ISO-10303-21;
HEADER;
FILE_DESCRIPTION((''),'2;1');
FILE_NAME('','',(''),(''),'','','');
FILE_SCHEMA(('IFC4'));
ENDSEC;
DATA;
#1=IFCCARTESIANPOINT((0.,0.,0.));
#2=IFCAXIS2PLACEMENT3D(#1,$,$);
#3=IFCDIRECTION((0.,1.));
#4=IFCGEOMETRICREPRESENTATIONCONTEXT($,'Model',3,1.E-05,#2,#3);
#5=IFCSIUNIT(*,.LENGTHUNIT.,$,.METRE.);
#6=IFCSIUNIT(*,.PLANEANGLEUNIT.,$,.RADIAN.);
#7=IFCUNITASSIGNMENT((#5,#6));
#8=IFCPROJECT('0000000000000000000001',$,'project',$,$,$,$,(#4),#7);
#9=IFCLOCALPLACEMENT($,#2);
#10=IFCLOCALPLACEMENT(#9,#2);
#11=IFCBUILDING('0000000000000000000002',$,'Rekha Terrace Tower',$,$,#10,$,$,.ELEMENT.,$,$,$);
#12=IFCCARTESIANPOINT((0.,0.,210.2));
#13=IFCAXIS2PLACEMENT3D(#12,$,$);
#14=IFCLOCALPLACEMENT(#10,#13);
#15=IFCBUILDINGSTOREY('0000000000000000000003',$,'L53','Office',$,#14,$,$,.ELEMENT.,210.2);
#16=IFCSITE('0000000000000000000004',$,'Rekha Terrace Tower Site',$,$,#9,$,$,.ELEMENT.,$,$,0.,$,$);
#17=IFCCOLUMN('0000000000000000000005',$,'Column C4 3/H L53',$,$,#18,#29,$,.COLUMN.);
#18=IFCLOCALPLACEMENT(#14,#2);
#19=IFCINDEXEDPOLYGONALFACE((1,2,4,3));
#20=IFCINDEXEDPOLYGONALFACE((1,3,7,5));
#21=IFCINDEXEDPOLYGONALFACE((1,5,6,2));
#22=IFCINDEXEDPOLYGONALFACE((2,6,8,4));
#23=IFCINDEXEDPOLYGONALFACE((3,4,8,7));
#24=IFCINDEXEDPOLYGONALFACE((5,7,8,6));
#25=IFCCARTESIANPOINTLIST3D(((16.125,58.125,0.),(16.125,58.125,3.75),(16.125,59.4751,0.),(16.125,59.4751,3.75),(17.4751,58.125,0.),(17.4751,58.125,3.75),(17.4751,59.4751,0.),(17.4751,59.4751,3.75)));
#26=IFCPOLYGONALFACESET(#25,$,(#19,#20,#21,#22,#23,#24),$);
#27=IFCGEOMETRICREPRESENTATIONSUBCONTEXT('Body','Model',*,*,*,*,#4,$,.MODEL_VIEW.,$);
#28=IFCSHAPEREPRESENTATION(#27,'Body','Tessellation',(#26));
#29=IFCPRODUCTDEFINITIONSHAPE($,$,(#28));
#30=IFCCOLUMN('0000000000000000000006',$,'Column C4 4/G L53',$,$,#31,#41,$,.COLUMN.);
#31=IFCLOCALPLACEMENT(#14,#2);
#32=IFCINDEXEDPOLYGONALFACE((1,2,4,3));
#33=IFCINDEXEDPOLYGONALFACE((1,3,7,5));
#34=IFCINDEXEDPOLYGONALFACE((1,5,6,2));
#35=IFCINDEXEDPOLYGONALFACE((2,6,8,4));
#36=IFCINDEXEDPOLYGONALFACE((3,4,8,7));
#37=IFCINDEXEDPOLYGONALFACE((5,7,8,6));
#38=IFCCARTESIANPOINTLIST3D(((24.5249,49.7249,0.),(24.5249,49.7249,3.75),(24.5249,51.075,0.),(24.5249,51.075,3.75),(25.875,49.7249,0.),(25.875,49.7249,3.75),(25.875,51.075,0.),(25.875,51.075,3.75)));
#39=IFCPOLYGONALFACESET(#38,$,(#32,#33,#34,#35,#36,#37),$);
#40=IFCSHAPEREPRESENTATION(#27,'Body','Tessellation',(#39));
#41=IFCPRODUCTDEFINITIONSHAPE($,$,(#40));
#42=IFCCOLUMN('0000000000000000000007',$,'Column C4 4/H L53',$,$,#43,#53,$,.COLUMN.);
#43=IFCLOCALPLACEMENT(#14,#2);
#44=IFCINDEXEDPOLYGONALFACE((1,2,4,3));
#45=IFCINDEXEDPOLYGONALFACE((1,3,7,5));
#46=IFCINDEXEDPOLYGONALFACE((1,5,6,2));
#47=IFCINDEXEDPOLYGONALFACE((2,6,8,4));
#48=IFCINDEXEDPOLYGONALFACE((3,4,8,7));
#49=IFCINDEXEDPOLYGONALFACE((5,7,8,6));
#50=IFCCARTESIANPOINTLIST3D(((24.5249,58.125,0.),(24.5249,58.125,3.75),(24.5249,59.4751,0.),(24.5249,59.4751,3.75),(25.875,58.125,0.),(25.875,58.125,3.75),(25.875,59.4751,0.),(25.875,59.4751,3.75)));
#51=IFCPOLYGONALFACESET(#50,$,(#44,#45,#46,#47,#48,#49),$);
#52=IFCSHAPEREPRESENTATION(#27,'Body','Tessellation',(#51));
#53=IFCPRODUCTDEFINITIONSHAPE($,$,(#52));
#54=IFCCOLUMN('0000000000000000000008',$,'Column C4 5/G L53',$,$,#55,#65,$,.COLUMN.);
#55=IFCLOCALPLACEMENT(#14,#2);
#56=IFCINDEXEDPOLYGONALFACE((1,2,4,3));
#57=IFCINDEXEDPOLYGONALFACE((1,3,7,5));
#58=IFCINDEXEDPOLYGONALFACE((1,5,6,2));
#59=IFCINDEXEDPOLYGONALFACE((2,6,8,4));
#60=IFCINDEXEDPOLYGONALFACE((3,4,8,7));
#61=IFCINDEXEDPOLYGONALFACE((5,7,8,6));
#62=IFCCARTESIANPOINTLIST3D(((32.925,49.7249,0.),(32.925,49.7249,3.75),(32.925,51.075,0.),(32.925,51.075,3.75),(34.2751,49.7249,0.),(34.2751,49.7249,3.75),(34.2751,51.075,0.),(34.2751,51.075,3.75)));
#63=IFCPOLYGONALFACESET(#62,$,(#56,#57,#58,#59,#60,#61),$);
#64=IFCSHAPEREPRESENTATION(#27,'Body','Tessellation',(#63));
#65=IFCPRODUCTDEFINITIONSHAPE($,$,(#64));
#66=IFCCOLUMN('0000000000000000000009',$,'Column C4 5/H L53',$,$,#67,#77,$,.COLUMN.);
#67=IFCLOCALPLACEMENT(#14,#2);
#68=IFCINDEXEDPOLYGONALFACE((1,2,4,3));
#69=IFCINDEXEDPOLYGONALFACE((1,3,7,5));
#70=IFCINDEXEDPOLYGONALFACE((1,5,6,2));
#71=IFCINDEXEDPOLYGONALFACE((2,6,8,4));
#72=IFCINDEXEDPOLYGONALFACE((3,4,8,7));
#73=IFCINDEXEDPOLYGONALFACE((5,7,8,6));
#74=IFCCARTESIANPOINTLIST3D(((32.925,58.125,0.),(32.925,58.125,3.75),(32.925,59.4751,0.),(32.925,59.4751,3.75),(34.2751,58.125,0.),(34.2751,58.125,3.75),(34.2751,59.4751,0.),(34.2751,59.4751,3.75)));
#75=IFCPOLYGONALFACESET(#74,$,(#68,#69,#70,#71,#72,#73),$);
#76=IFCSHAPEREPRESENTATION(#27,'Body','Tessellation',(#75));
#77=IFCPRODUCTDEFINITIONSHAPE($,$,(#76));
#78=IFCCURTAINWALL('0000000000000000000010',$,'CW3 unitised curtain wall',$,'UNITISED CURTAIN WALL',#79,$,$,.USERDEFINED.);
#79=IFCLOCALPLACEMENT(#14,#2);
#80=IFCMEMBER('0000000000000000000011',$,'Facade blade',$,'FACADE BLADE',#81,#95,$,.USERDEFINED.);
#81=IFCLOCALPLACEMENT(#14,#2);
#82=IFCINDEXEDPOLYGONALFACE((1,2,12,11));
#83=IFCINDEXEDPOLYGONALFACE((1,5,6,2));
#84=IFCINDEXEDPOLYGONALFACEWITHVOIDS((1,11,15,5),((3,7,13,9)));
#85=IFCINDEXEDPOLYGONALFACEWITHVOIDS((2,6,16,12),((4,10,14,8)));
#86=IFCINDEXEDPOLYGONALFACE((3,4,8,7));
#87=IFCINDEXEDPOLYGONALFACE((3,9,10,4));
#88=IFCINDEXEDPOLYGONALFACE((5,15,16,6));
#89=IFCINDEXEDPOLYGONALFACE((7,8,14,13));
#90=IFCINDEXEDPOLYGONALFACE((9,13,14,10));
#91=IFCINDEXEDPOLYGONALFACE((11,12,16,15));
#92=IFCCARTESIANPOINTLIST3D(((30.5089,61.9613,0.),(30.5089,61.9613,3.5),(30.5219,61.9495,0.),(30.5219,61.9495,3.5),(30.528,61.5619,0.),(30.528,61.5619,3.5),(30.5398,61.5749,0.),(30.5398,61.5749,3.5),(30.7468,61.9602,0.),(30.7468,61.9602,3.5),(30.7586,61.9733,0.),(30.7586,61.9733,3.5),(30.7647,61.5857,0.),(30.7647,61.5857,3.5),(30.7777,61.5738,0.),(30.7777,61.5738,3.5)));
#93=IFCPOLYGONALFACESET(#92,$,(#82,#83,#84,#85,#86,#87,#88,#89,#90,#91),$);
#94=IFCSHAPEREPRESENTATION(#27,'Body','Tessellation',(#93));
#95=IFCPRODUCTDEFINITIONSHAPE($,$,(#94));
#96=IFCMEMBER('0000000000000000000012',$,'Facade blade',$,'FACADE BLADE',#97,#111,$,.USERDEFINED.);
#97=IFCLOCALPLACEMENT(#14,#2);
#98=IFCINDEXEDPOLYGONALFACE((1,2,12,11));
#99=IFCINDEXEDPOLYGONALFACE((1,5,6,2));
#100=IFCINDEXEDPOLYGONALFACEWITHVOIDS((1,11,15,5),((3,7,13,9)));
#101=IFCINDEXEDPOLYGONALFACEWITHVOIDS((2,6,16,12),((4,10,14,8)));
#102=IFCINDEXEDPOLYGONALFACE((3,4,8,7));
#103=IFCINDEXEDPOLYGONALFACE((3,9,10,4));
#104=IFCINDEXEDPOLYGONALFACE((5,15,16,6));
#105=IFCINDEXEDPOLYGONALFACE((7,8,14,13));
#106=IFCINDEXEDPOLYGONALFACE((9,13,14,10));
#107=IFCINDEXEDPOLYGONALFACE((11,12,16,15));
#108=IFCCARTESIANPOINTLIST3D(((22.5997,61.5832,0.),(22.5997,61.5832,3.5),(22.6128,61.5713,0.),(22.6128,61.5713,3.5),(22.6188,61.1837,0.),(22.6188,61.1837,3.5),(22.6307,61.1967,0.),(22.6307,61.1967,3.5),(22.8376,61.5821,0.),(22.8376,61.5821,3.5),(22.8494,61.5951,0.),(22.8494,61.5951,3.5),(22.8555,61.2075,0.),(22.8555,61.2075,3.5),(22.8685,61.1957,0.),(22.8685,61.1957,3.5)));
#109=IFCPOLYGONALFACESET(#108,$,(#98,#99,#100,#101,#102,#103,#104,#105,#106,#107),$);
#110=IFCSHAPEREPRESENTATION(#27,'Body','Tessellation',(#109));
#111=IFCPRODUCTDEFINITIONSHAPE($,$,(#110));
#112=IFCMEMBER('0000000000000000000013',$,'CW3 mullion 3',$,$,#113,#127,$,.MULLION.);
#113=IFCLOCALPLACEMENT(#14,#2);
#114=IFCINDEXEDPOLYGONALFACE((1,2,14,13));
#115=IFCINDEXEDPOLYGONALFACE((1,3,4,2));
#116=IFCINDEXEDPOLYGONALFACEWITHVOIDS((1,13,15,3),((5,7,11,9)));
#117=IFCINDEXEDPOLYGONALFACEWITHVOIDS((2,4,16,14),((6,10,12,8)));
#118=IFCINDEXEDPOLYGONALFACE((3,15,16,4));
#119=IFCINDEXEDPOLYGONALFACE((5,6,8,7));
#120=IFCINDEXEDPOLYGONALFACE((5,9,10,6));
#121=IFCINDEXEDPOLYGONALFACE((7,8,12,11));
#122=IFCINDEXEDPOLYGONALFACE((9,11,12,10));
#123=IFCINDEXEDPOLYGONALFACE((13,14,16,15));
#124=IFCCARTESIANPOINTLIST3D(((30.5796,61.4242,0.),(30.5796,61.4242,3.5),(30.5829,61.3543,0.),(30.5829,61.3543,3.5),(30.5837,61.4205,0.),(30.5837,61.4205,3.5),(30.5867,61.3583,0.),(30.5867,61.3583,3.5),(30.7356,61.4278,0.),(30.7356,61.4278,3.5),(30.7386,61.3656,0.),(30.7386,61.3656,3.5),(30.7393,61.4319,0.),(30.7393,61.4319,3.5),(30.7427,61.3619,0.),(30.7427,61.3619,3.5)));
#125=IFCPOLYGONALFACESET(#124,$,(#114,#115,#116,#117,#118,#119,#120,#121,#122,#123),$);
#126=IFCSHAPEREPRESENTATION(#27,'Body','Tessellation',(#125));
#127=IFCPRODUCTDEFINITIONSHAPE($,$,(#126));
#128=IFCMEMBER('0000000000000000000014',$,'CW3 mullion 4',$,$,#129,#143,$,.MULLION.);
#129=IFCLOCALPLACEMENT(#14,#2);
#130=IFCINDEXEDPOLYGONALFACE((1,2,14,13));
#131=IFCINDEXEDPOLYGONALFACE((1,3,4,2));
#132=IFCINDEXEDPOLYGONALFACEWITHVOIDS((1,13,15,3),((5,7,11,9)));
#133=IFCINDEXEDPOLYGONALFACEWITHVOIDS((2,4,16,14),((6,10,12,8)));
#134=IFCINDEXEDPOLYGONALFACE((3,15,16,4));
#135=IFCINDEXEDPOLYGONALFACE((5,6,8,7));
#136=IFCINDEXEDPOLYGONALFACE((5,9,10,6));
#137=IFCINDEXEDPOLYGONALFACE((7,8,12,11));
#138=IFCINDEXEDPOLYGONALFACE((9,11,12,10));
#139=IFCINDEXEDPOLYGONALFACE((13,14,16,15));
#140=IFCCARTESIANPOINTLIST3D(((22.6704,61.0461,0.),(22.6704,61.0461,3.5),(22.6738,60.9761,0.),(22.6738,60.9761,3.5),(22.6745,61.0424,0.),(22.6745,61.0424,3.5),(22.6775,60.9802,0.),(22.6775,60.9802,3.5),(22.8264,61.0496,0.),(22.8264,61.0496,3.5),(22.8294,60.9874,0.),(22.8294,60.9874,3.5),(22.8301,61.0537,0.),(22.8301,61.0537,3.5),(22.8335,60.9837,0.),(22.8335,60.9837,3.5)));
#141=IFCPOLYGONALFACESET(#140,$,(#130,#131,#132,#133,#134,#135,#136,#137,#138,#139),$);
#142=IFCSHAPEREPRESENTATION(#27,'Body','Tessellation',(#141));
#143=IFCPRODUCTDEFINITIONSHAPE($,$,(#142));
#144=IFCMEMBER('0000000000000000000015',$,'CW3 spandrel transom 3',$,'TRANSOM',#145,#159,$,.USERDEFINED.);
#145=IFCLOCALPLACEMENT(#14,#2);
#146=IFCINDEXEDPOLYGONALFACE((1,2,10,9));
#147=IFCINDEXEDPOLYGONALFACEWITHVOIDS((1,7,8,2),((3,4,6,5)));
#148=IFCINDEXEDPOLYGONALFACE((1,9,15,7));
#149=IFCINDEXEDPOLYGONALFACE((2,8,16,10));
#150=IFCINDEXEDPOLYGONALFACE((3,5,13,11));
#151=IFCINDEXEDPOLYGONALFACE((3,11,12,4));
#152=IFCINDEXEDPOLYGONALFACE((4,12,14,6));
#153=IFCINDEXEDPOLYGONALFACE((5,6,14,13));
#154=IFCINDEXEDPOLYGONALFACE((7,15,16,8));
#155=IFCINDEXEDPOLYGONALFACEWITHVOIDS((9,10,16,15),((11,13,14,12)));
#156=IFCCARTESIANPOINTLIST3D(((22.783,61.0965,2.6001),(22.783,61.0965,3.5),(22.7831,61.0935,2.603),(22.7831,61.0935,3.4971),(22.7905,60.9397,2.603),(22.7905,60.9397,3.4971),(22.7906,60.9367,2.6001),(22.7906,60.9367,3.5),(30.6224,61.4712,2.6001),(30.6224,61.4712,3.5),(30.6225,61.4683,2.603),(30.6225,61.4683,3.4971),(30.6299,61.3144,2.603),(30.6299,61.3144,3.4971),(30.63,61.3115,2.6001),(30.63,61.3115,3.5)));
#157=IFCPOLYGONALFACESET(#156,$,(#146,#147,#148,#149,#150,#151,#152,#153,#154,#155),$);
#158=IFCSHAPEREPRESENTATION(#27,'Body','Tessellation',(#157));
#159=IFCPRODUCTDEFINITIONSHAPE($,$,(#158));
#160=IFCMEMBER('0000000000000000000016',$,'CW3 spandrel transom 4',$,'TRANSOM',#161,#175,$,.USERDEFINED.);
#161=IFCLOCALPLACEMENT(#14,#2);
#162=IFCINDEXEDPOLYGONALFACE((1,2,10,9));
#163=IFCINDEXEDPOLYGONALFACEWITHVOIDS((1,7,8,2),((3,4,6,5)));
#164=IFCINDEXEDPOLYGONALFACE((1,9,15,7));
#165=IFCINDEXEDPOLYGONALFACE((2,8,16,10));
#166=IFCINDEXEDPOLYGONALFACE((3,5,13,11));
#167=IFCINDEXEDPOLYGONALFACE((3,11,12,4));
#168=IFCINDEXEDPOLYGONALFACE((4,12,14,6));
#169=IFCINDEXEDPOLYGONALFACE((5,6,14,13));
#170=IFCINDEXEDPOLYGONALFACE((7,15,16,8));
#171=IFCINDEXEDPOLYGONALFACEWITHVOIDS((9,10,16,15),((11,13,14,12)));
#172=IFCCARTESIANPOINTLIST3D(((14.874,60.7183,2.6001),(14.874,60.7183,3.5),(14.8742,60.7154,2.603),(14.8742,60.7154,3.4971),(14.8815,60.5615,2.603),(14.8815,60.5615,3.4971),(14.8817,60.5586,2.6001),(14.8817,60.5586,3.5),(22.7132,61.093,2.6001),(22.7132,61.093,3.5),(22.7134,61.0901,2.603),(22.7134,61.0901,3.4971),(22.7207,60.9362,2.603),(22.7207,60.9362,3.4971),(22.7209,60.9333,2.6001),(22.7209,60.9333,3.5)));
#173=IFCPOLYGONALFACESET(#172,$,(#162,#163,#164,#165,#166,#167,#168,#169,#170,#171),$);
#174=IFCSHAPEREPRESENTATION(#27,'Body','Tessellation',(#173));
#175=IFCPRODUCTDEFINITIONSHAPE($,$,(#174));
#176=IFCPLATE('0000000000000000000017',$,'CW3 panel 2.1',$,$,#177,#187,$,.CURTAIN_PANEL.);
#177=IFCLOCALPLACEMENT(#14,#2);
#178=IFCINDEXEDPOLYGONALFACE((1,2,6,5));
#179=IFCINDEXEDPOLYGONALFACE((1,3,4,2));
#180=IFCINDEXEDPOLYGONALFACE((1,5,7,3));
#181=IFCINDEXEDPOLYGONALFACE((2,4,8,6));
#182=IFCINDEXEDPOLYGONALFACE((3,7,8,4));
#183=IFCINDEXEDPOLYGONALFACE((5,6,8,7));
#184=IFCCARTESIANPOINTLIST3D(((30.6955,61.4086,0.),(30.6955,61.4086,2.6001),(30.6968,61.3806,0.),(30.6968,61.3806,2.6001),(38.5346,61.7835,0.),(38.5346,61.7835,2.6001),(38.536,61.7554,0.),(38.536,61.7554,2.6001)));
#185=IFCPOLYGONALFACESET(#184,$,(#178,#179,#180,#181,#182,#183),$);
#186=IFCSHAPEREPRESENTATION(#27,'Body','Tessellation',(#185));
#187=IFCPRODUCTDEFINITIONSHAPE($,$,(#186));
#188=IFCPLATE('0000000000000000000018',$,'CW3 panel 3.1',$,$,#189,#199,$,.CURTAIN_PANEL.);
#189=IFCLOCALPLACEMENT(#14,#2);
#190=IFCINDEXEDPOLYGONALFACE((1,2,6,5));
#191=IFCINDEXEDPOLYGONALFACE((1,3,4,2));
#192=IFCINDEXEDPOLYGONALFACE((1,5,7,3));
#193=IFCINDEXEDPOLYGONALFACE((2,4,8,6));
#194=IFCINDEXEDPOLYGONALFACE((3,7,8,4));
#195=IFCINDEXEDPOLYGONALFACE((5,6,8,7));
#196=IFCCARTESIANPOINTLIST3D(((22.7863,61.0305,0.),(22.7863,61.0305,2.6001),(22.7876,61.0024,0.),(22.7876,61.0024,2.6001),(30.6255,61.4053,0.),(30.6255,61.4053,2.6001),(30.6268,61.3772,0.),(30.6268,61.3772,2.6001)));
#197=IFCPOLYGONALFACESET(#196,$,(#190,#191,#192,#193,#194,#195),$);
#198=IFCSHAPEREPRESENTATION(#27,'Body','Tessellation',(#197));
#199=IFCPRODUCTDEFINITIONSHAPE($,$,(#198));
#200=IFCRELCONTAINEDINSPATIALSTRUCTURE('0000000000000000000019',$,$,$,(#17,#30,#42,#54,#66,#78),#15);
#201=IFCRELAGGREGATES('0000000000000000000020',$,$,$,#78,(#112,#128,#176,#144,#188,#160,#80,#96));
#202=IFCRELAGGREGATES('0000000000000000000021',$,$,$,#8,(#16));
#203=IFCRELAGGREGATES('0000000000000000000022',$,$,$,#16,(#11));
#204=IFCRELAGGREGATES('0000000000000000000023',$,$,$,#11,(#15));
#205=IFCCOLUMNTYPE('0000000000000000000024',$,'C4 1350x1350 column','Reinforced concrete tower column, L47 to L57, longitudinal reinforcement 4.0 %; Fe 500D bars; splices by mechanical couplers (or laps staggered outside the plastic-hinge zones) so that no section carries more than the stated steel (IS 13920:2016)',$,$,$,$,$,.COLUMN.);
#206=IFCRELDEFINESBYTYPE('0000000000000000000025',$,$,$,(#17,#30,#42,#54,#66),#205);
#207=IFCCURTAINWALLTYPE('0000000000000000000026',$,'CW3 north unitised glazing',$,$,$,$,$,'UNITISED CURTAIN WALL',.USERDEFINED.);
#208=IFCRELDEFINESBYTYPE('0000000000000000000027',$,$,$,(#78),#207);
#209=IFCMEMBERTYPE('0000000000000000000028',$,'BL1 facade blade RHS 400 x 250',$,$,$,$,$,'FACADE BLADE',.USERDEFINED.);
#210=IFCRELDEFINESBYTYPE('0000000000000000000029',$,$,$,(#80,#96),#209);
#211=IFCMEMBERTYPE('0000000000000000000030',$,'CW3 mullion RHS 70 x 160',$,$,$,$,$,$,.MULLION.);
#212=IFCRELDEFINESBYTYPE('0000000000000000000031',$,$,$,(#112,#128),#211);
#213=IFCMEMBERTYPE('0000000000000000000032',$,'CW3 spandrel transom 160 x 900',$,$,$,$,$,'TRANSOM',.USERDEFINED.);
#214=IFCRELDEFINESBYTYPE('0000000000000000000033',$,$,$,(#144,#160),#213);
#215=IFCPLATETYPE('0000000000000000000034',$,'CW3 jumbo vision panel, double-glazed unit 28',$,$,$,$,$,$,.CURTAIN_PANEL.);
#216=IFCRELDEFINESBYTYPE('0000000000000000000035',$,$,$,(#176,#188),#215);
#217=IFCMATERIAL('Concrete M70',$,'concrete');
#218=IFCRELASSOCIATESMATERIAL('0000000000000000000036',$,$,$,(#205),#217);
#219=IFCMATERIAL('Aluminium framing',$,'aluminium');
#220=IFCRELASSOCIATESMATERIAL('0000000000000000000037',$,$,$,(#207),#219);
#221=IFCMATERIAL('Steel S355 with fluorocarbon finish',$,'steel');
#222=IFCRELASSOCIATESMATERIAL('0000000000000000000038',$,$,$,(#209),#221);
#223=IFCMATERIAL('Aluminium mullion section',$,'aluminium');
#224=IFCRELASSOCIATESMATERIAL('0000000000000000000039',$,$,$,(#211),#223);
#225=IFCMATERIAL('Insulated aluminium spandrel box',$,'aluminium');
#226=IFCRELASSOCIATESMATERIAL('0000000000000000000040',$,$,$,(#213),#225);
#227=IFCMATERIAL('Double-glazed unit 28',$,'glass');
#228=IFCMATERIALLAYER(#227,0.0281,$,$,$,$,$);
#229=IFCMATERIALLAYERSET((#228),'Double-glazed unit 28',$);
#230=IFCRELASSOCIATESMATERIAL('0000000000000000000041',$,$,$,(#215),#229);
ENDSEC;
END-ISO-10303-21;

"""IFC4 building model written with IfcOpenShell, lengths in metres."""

from ifc_helpers import new_model, si_unit, direction, frame, origin, origin_2d, place, context, subcontext, project, spatial, rectangle, hollow_rectangle, extrude, material, layer, layer_set, material_profile, profile_set, type_object, element, aggregate, save


model = new_model("IFC4")

# Units and contexts
model_context = context("Model", 3, precision=1e-05, world=origin(), true_north=direction((0.0, 1.0)))
body_context = subcontext(model_context, "Body", "Model", "MODEL_VIEW")
ifc_project = project(units=[si_unit("LENGTHUNIT", "METRE"), si_unit("PLANEANGLEUNIT", "RADIAN")], contexts=[model_context])

# Site, building, storey
site_placement = place(None, origin())
site = spatial("IfcSite", under=ifc_project, at=site_placement, Name="Rekha Terrace Tower Site", CompositionType="ELEMENT", RefElevation=0.0)
building_placement = place(site_placement, origin())
building = spatial("IfcBuilding", under=site, at=building_placement, Name="Rekha Terrace Tower", CompositionType="ELEMENT")
storey_placement = place(building_placement, frame((0.0, 0.0, 210.2)))
storey = spatial("IfcBuildingStorey", under=building, at=storey_placement, Name="L53", Description="Office", CompositionType="ELEMENT", Elevation=210.2)

# Columns
ifc_material_1 = material(Name="Concrete M70", Category="concrete")
ifc_material_profile_1 = material_profile(ifc_material_1, rectangle(XDim=1.3501, YDim=1.3501, at=origin_2d()), Name="RC 1350x1350")
ifc_profile_set_1 = profile_set([ifc_material_profile_1], Name="Concrete M70")
column_type = type_object("IfcColumnType", Name="C4 1350x1350 column", Description="Reinforced concrete tower column, L47 to L57, longitudinal reinforcement 4.0 %; Fe 500D bars; splices by mechanical couplers (or laps staggered outside the plastic-hinge zones) so that no section carries more than the stated steel (IS 13920:2016)", PredefinedType="COLUMN", material=ifc_profile_set_1)
for number, where, z_axis, x_axis, name in (
    (1, (16.8, 58.8, 0.0), (0.0, 0.0, 1.0), (1.0, 0.0, 0.0), "Column C4 3/H L53"),
    (2, (25.2, 50.3999, 0.0), (0.0, 0.0, 1.0), (1.0, 0.0, 0.0), "Column C4 4/G L53"),
    (3, (25.2, 58.8, 0.0), (0.0, 0.0, 1.0), (1.0, 0.0, 0.0), "Column C4 4/H L53"),
    (4, (33.6001, 50.3999, 0.0), (0.0, 0.0, 1.0), (1.0, 0.0, 0.0), "Column C4 5/G L53"),
    (5, (33.6001, 58.8, 0.0), (0.0, 0.0, 1.0), (1.0, 0.0, 0.0), "Column C4 5/H L53"),
):
    element("IfcColumn", number, at=place(storey_placement, frame(where, z_axis=z_axis, x_axis=x_axis)), inside=storey, type_object=column_type, Name=name, PredefinedType="COLUMN", context=body_context, shape_type="SweptSolid", body=[
        extrude(rectangle(XDim=1.3501, YDim=1.3501, at=origin_2d()), origin(), (0.0, 0.0, 1.0), 3.75),
    ])

# Curtain wall, members, plates
ifc_material_2 = material(Name="Aluminium framing", Category="aluminium")
curtain_wall_type = type_object("IfcCurtainWallType", Name="CW3 north unitised glazing", ElementType="UNITISED CURTAIN WALL", PredefinedType="USERDEFINED", material=ifc_material_2)
curtain_wall_placement = place(storey_placement, origin())
curtain_wall = element("IfcCurtainWall", 6, at=curtain_wall_placement, inside=storey, type_object=curtain_wall_type, Name="CW3 unitised curtain wall", ObjectType="UNITISED CURTAIN WALL", PredefinedType="USERDEFINED")
ifc_material_3 = material(Name="Steel S355 with fluorocarbon finish", Category="steel")
ifc_material_profile_2 = material_profile(ifc_material_3, hollow_rectangle(XDim=0.25, YDim=0.3999, WallThickness=0.0125, at=origin_2d()), Name="RHS400x250x12.5")
ifc_profile_set_2 = profile_set([ifc_material_profile_2], Name="Steel S355 with fluorocarbon finish")
member_type_1 = type_object("IfcMemberType", Name="BL1 facade blade RHS 400 x 250", ElementType="FACADE BLADE", PredefinedType="USERDEFINED", material=ifc_profile_set_2)
member_1_placement = place(storey_placement, frame((30.6433, 61.7676, 0.0), z_axis=(0.0, 0.0, 1.0), x_axis=(-0.998859, -0.047758, 0.0)))
member_1 = element("IfcMember", 7, at=member_1_placement, type_object=member_type_1, Name="Facade blade", ObjectType="FACADE BLADE", PredefinedType="USERDEFINED", context=body_context, shape_type="SweptSolid", body=[
    extrude(hollow_rectangle(XDim=0.25, YDim=0.3999, WallThickness=0.0125, at=origin_2d()), origin(), (0.0, 0.0, 1.0), 3.5),
])
member_2_placement = place(storey_placement, frame((22.7341, 61.3894, 0.0), z_axis=(0.0, 0.0, 1.0), x_axis=(-0.998859, -0.047758, 0.0)))
member_2 = element("IfcMember", 8, at=member_2_placement, type_object=member_type_1, Name="Facade blade", ObjectType="FACADE BLADE", PredefinedType="USERDEFINED", context=body_context, shape_type="SweptSolid", body=[
    extrude(hollow_rectangle(XDim=0.25, YDim=0.3999, WallThickness=0.0125, at=origin_2d()), origin(), (0.0, 0.0, 1.0), 3.5),
])
ifc_material_4 = material(Name="Aluminium mullion section", Category="aluminium")
ifc_material_profile_3 = material_profile(ifc_material_4, hollow_rectangle(XDim=0.0701, YDim=0.1599, WallThickness=0.0039, at=origin_2d()), Name="AL RHS 70x160")
ifc_profile_set_3 = profile_set([ifc_material_profile_3], Name="Aluminium mullion section")
member_type_2 = type_object("IfcMemberType", Name="CW3 mullion RHS 70 x 160", PredefinedType="MULLION", material=ifc_profile_set_3)
member_3_placement = place(storey_placement, frame((30.6611, 61.3931, 0.0), z_axis=(0.0, 0.0, 1.0), x_axis=(0.047759, -0.998859, 0.0)))
member_3 = element("IfcMember", 9, at=member_3_placement, type_object=member_type_2, Name="CW3 mullion 3", PredefinedType="MULLION", context=body_context, shape_type="SweptSolid", body=[
    extrude(hollow_rectangle(XDim=0.0701, YDim=0.1599, WallThickness=0.0039, at=origin_2d()), origin(), (0.0, 0.0, 1.0), 3.5),
])
member_4_placement = place(storey_placement, frame((22.752, 61.0149, 0.0), z_axis=(0.0, 0.0, 1.0), x_axis=(0.047759, -0.998859, 0.0)))
member_4 = element("IfcMember", 10, at=member_4_placement, type_object=member_type_2, Name="CW3 mullion 4", PredefinedType="MULLION", context=body_context, shape_type="SweptSolid", body=[
    extrude(hollow_rectangle(XDim=0.0701, YDim=0.1599, WallThickness=0.0039, at=origin_2d()), origin(), (0.0, 0.0, 1.0), 3.5),
])
ifc_material_5 = material(Name="Insulated aluminium spandrel box", Category="aluminium")
ifc_material_profile_4 = material_profile(ifc_material_5, hollow_rectangle(XDim=0.1599, YDim=0.8999, WallThickness=0.0029, at=origin_2d()), Name="AL SPANDREL BOX 160x900")
ifc_profile_set_4 = profile_set([ifc_material_profile_4], Name="Insulated aluminium spandrel box")
member_type_3 = type_object("IfcMemberType", Name="CW3 spandrel transom 160 x 900", ElementType="TRANSOM", PredefinedType="USERDEFINED", material=ifc_profile_set_4)
member_5_placement = place(storey_placement, frame((30.6262, 61.3914, 3.05), z_axis=(-0.998859, -0.04775, 0.0), x_axis=(0.04775, -0.998859, 0.0)))
member_5 = element("IfcMember", 11, at=member_5_placement, type_object=member_type_3, Name="CW3 spandrel transom 3", ObjectType="TRANSOM", PredefinedType="USERDEFINED", context=body_context, shape_type="SweptSolid", body=[
    extrude(hollow_rectangle(XDim=0.1599, YDim=0.8999, WallThickness=0.0029, at=origin_2d()), origin(), (0.0, 0.0, 1.0), 7.8484),
])
member_6_placement = place(storey_placement, frame((22.717, 61.0132, 3.05), z_axis=(-0.998859, -0.047751, 0.0), x_axis=(0.047751, -0.998859, 0.0)))
member_6 = element("IfcMember", 12, at=member_6_placement, type_object=member_type_3, Name="CW3 spandrel transom 4", ObjectType="TRANSOM", PredefinedType="USERDEFINED", context=body_context, shape_type="SweptSolid", body=[
    extrude(hollow_rectangle(XDim=0.1599, YDim=0.8999, WallThickness=0.0029, at=origin_2d()), origin(), (0.0, 0.0, 1.0), 7.8481),
])
ifc_material_6 = material(Name="Double-glazed unit 28", Category="glass")
ifc_layer_1 = layer(ifc_material_6, 0.0281)
ifc_layer_set_1 = layer_set([ifc_layer_1], Name="Double-glazed unit 28")
plate_type = type_object("IfcPlateType", Name="CW3 jumbo vision panel, double-glazed unit 28", PredefinedType="CURTAIN_PANEL", material=ifc_layer_set_1)
plate_1_placement = place(storey_placement, frame((34.6157, 61.582, 0.0), z_axis=(0.0, 0.0, 1.0), x_axis=(-0.998859, -0.047759, 0.0)))
plate_1 = element("IfcPlate", 13, at=plate_1_placement, type_object=plate_type, Name="CW3 panel 2.1", PredefinedType="CURTAIN_PANEL", context=body_context, shape_type="SweptSolid", body=[
    extrude(rectangle(XDim=7.8481, YDim=0.0281, at=origin_2d()), origin(), (0.0, 0.0, 1.0), 2.6001),
])
plate_2_placement = place(storey_placement, frame((26.7065, 61.2039, 0.0), z_axis=(0.0, 0.0, 1.0), x_axis=(-0.998859, -0.047759, 0.0)))
plate_2 = element("IfcPlate", 14, at=plate_2_placement, type_object=plate_type, Name="CW3 panel 3.1", PredefinedType="CURTAIN_PANEL", context=body_context, shape_type="SweptSolid", body=[
    extrude(rectangle(XDim=7.8481, YDim=0.0281, at=origin_2d()), origin(), (0.0, 0.0, 1.0), 2.6001),
])
aggregate(curtain_wall, [member_3, member_4, plate_1, member_5, plate_2, member_6, member_1, member_2])

save(model, "model.ifc")
